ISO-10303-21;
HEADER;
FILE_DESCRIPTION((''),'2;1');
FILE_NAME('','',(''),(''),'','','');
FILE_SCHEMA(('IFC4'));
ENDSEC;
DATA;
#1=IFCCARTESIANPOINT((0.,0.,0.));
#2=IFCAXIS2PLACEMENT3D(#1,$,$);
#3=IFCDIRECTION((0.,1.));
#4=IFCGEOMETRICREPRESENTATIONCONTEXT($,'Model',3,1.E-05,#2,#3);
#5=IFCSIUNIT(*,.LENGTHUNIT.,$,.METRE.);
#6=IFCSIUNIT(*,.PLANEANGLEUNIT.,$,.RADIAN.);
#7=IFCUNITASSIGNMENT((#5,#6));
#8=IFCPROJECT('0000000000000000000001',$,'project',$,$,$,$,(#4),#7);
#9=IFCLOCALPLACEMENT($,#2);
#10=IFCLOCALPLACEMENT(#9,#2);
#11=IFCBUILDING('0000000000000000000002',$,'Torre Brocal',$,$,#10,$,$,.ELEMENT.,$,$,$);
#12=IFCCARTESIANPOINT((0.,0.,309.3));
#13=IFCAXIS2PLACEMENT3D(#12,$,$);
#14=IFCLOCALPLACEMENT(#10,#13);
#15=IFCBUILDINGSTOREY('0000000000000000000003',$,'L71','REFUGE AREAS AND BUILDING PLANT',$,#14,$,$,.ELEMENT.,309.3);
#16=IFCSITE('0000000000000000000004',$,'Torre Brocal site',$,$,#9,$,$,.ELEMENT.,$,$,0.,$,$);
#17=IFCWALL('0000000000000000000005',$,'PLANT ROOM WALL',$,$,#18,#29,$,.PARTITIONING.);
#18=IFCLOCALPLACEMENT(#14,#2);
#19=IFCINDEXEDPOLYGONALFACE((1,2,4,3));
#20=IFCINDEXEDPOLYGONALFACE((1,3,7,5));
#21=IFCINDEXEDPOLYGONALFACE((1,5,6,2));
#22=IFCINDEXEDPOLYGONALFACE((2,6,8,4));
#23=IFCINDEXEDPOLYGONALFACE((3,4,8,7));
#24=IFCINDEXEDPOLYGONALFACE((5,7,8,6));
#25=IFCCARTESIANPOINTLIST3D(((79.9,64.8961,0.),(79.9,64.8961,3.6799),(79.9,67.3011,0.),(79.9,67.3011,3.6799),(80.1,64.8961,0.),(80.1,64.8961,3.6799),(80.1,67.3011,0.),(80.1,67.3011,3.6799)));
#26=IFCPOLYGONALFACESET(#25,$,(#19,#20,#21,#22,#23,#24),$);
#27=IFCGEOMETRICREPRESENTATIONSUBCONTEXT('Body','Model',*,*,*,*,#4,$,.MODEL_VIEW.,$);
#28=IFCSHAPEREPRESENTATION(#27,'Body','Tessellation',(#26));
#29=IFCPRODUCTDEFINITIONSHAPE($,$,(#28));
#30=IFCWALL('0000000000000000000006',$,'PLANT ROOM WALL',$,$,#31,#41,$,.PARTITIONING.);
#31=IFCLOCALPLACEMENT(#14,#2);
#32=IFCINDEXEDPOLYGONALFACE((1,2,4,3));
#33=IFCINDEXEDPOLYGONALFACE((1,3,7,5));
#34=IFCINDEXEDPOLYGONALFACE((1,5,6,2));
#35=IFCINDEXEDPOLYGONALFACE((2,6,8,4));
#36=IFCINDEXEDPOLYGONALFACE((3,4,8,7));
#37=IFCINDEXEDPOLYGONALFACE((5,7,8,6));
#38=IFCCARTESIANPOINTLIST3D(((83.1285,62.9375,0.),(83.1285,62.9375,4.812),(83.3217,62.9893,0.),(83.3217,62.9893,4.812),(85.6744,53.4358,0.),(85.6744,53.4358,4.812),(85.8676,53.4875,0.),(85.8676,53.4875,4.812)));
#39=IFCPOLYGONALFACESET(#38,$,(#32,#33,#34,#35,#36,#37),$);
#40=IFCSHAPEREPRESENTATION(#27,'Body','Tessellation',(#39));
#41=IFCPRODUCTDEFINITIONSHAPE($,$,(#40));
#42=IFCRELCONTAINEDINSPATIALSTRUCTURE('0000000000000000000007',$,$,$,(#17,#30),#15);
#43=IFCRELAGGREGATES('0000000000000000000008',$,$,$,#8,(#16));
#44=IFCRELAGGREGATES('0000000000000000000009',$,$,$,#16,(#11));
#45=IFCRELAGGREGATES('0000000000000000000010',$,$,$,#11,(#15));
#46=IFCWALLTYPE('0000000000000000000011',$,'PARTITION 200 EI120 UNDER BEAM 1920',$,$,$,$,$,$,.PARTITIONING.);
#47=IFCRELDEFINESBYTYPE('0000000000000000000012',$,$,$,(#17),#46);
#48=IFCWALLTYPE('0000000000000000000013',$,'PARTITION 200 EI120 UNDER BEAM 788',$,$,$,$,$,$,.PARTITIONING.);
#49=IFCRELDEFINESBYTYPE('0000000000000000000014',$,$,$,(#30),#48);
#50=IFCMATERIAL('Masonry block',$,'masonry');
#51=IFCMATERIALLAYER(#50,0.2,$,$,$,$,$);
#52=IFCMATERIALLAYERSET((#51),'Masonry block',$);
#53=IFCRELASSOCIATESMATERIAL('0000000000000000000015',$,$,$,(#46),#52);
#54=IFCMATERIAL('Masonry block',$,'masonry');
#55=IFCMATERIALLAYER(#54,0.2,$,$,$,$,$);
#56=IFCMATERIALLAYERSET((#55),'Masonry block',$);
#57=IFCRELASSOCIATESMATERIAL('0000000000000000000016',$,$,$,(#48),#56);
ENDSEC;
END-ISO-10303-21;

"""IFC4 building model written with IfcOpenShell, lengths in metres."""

from ifc_helpers import new_model, si_unit, direction, frame, frame_2d, origin, place, context, subcontext, project, spatial, rectangle, extrude, material, layer, layer_set, type_object, element, save


model = new_model("IFC4")

# Units and contexts
model_context = context("Model", 3, precision=1e-05, world=origin(), true_north=direction((0.0, 1.0)))
body_context = subcontext(model_context, "Body", "Model", "MODEL_VIEW")
ifc_project = project(units=[si_unit("LENGTHUNIT", "METRE"), si_unit("PLANEANGLEUNIT", "RADIAN")], contexts=[model_context])

# Site, building, storey
site_placement = place(None, origin())
site = spatial("IfcSite", under=ifc_project, at=site_placement, Name="Torre Brocal site", CompositionType="ELEMENT", RefElevation=0.0)
building_placement = place(site_placement, origin())
building = spatial("IfcBuilding", under=site, at=building_placement, Name="Torre Brocal", CompositionType="ELEMENT")
storey_placement = place(building_placement, frame((0.0, 0.0, 309.3)))
storey = spatial("IfcBuildingStorey", under=building, at=storey_placement, Name="L71", Description="REFUGE AREAS AND BUILDING PLANT", CompositionType="ELEMENT", Elevation=309.3)

# Walls
ifc_material_1 = material(Name="Masonry block", Category="masonry")
ifc_layer_1 = layer(ifc_material_1, 0.2)
ifc_layer_set_1 = layer_set([ifc_layer_1], Name="Masonry block")
wall_type_1 = type_object("IfcWallType", Name="PARTITION 200 EI120 UNDER BEAM 1920", PredefinedType="PARTITIONING", material=ifc_layer_set_1)
wall_1_placement = place(storey_placement, frame((80.0, 64.896, 0.0), z_axis=(0.0, 0.0, 1.0), x_axis=(0.0, 1.0, 0.0)))
element("IfcWall", 1, at=wall_1_placement, inside=storey, type_object=wall_type_1, Name="PLANT ROOM WALL", PredefinedType="PARTITIONING", context=body_context, shape_type="SweptSolid", body=[
    extrude(rectangle(XDim=2.405, YDim=0.2, at=frame_2d((1.2026, 0.0))), origin(), (0.0, 0.0, 1.0), 3.6799),
])
ifc_material_2 = material(Name="Masonry block", Category="masonry")
ifc_layer_2 = layer(ifc_material_2, 0.2)
ifc_layer_set_2 = layer_set([ifc_layer_2], Name="Masonry block")
wall_type_2 = type_object("IfcWallType", Name="PARTITION 200 EI120 UNDER BEAM 788", PredefinedType="PARTITIONING", material=ifc_layer_set_2)
wall_2_placement = place(storey_placement, frame((83.2251, 62.9634, 0.0), z_axis=(0.0, 0.0, 1.0), x_axis=(0.258812, -0.965928, 0.0)))
element("IfcWall", 2, at=wall_2_placement, inside=storey, type_object=wall_type_2, Name="PLANT ROOM WALL", PredefinedType="PARTITIONING", context=body_context, shape_type="SweptSolid", body=[
    extrude(rectangle(XDim=9.8369, YDim=0.2, at=frame_2d((4.9185, 0.0))), origin(), (0.0, 0.0, 1.0), 4.812),
])

save(model, "model.ifc")
